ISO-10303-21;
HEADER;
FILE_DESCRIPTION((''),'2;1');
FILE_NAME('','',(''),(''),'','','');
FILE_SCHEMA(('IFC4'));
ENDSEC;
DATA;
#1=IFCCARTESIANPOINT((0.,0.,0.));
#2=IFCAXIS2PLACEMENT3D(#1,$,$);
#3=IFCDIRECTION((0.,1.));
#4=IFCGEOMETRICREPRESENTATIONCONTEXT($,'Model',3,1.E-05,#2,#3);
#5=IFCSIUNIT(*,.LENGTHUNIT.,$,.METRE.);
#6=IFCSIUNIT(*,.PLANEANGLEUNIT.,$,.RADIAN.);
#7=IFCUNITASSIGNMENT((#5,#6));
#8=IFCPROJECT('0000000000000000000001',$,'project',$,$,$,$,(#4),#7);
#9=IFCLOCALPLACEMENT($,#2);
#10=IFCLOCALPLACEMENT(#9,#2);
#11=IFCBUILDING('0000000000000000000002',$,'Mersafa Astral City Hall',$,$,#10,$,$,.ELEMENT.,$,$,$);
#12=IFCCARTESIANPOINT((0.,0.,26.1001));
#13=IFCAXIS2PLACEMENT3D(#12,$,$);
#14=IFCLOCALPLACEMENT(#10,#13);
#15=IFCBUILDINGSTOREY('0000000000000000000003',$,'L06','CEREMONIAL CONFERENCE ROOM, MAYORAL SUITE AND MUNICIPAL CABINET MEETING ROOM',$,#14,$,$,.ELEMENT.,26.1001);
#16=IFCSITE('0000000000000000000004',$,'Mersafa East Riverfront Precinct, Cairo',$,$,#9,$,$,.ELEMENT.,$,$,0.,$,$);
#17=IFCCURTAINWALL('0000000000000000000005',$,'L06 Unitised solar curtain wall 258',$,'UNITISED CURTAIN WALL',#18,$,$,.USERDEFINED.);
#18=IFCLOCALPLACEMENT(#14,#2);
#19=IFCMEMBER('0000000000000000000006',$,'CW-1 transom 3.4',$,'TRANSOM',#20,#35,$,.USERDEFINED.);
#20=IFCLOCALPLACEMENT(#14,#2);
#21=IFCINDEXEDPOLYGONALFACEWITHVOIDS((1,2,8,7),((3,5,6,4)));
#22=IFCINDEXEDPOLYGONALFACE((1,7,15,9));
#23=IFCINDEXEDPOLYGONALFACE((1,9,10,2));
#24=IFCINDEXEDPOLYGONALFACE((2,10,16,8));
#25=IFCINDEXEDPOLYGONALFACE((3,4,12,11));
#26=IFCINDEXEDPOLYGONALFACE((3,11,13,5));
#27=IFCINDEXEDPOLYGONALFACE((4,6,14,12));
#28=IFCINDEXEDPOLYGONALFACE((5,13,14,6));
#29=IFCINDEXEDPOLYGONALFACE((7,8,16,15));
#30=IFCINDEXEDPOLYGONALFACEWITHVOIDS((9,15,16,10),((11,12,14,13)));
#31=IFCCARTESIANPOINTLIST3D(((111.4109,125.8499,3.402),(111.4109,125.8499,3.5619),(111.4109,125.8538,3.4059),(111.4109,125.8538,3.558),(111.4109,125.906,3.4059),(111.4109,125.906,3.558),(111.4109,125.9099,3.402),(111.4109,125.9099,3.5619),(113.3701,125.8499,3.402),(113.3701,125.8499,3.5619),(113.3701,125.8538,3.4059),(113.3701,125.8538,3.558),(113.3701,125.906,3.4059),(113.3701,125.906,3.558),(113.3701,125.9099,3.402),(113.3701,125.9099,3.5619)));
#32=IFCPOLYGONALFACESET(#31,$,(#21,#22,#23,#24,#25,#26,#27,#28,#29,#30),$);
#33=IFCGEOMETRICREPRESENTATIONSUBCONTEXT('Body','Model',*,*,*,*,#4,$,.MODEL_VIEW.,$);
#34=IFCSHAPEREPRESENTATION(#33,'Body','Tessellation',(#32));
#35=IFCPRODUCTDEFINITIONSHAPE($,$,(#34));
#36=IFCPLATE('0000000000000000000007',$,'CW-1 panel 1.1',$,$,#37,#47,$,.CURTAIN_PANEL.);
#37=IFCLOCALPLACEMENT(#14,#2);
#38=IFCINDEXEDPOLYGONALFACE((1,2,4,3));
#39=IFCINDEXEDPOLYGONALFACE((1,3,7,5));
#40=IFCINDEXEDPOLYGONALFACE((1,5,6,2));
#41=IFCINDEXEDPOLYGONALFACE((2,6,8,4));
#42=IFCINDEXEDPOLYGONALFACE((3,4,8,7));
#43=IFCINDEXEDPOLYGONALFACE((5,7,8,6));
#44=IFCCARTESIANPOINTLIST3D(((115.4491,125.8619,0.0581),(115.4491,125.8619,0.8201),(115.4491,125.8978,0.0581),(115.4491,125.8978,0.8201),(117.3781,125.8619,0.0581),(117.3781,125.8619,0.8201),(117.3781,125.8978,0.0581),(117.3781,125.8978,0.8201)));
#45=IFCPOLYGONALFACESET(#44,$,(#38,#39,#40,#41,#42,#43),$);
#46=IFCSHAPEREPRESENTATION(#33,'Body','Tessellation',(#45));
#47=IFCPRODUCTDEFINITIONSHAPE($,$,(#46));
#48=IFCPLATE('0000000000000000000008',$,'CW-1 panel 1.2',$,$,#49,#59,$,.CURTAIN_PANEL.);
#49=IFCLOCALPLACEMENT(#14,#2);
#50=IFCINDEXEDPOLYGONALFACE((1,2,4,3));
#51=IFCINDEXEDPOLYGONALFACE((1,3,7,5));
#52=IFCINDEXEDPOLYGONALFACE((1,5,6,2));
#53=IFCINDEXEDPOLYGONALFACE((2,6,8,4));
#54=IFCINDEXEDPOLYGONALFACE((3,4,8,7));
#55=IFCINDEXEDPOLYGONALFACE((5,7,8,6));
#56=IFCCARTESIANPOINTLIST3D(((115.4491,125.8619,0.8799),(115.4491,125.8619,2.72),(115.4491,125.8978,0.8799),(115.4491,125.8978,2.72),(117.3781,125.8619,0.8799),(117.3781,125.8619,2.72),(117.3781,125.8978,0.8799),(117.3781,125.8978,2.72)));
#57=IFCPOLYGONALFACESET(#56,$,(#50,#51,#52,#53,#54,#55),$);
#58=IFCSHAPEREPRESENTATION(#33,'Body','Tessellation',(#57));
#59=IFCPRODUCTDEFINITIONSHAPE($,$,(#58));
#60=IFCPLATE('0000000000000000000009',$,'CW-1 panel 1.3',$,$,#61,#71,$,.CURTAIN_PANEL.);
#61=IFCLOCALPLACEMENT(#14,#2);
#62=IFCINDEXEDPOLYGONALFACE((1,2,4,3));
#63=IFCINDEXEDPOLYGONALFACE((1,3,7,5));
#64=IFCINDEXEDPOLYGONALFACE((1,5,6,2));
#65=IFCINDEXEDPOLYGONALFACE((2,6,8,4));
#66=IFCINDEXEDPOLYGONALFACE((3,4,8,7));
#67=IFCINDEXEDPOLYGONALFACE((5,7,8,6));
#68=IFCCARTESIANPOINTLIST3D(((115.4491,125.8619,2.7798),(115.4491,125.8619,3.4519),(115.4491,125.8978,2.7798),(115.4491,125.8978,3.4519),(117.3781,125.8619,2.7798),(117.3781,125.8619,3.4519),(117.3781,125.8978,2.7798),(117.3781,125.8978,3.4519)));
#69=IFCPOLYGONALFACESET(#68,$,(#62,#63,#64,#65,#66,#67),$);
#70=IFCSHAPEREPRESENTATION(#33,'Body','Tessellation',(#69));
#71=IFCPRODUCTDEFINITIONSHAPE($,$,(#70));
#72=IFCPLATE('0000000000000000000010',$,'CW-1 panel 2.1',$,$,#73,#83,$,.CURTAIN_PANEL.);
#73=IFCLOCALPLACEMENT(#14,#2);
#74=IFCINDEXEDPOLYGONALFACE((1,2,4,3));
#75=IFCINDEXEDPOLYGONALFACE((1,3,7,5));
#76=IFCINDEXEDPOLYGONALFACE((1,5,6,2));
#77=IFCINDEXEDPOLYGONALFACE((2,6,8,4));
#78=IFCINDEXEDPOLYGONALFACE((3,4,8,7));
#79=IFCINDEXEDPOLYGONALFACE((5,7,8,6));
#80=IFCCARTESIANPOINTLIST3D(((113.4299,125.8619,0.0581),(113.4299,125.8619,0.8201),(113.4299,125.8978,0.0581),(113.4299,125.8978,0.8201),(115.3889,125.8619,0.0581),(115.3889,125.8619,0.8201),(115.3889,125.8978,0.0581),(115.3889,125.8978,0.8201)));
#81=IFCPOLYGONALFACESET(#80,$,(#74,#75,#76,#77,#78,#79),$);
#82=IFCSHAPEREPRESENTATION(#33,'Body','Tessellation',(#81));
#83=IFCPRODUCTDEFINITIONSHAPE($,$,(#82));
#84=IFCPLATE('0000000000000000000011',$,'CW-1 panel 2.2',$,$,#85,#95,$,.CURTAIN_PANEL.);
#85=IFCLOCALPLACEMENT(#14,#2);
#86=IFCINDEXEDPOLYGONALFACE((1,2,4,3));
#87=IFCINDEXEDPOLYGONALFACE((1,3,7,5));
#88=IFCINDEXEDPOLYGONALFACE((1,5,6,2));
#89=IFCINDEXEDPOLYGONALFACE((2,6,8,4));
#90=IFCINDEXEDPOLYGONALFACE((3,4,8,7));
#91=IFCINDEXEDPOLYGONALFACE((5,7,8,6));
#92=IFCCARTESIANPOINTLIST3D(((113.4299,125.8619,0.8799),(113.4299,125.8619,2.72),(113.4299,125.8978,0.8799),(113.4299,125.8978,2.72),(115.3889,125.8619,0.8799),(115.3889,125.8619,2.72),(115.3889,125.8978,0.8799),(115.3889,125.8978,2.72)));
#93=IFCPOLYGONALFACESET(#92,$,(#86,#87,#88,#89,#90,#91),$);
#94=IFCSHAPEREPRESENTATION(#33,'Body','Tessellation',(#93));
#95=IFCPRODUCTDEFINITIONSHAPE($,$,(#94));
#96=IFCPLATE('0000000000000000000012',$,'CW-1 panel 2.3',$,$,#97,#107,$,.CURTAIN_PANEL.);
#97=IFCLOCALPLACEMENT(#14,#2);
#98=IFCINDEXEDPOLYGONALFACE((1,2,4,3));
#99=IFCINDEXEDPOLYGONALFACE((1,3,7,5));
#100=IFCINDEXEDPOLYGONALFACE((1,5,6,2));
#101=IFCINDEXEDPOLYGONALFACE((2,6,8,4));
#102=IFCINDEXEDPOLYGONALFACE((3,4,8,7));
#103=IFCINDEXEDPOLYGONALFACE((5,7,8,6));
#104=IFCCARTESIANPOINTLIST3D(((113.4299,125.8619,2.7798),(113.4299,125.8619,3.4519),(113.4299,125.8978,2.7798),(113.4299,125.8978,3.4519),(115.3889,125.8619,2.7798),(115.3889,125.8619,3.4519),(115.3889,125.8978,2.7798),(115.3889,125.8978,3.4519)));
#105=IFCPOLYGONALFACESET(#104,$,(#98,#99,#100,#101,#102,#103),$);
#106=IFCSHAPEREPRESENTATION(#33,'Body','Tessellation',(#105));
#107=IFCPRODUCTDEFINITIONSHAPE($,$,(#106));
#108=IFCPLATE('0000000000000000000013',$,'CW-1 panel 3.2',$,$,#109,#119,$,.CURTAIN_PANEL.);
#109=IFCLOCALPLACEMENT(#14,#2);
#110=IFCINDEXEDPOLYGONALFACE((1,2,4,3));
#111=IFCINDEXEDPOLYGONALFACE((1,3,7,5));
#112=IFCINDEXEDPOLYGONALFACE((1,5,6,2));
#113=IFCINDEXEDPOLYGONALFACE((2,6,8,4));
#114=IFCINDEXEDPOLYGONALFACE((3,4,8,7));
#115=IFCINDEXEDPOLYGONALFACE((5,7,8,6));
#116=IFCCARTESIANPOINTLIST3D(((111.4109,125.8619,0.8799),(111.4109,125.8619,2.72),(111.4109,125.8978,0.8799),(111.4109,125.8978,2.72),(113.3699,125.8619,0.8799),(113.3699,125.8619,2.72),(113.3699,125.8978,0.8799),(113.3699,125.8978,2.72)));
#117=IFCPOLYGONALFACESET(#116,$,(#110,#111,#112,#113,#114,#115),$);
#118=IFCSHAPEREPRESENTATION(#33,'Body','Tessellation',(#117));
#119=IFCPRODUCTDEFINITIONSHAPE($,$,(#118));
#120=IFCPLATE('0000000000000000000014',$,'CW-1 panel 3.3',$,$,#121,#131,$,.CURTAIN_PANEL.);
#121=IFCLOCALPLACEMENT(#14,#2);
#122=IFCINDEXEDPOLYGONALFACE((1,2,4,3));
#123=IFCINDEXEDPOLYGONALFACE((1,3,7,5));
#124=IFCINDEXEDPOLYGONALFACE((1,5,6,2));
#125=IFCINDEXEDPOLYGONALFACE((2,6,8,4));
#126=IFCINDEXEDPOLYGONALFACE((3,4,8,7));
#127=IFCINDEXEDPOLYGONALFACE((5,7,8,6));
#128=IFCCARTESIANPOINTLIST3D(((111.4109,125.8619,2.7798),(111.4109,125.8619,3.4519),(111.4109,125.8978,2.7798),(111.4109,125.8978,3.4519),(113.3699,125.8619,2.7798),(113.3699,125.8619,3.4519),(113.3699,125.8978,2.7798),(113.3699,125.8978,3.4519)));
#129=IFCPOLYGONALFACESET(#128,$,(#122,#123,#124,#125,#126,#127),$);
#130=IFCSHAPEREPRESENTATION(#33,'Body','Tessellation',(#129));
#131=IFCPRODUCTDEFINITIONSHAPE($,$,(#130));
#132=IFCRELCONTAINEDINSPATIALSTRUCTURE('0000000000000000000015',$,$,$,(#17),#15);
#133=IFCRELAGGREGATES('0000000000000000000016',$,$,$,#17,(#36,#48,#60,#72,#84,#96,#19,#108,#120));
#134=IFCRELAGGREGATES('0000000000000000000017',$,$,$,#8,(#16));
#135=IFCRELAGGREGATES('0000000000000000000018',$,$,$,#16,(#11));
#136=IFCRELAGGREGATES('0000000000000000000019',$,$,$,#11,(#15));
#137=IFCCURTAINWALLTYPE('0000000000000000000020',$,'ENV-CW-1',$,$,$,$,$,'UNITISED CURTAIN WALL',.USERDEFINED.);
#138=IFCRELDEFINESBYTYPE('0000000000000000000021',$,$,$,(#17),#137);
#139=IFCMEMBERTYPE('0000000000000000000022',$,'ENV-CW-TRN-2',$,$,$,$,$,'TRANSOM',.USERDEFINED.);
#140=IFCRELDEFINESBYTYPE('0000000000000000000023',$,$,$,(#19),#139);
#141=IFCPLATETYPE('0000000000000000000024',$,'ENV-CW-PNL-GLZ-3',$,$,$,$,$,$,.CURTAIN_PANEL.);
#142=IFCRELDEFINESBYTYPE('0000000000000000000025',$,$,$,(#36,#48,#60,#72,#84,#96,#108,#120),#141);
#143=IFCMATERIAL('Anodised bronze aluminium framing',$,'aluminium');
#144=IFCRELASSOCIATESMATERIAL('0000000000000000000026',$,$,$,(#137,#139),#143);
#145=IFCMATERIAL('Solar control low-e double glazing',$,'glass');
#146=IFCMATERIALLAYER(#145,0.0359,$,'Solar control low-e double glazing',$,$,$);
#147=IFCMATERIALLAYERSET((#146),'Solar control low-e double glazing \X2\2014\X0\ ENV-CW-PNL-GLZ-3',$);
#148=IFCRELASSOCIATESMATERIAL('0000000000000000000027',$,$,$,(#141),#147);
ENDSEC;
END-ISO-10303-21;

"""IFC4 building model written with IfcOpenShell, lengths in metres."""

from ifc_helpers import new_model, si_unit, direction, frame, origin, origin_2d, place, context, subcontext, project, spatial, rectangle, hollow_rectangle, extrude, material, layer, layer_set, material_profile, profile_set, type_object, element, aggregate, save


model = new_model("IFC4")

# Units and contexts
model_context = context("Model", 3, precision=1e-05, world=origin(), true_north=direction((0.0, 1.0)))
body_context = subcontext(model_context, "Body", "Model", "MODEL_VIEW")
ifc_project = project(units=[si_unit("LENGTHUNIT", "METRE"), si_unit("PLANEANGLEUNIT", "RADIAN")], contexts=[model_context])

# Site, building, storey
site_placement = place(None, origin())
site = spatial("IfcSite", under=ifc_project, at=site_placement, Name="Mersafa East Riverfront Precinct, Cairo", CompositionType="ELEMENT", RefElevation=0.0)
building_placement = place(site_placement, origin())
building = spatial("IfcBuilding", under=site, at=building_placement, Name="Mersafa Astral City Hall", CompositionType="ELEMENT")
storey_placement = place(building_placement, frame((0.0, 0.0, 26.1001)))
storey = spatial("IfcBuildingStorey", under=building, at=storey_placement, Name="L06", Description="CEREMONIAL CONFERENCE ROOM, MAYORAL SUITE AND MUNICIPAL CABINET MEETING ROOM", CompositionType="ELEMENT", Elevation=26.1001)

# Curtain wall, member, plates
ifc_material_1 = material(Name="Anodised bronze aluminium framing", Category="aluminium")
curtain_wall_type = type_object("IfcCurtainWallType", Name="ENV-CW-1", ElementType="UNITISED CURTAIN WALL", PredefinedType="USERDEFINED", material=ifc_material_1)
curtain_wall_placement = place(storey_placement, origin())
curtain_wall = element("IfcCurtainWall", 1, at=curtain_wall_placement, inside=storey, type_object=curtain_wall_type, Name="L06 Unitised solar curtain wall 258", ObjectType="UNITISED CURTAIN WALL", PredefinedType="USERDEFINED")
ifc_material_profile_1 = material_profile(ifc_material_1, hollow_rectangle(XDim=0.0601, YDim=0.1599, WallThickness=0.0039, at=origin_2d()), Name="RHS 60x160x4")
ifc_profile_set_1 = profile_set([ifc_material_profile_1], Name="Anodised bronze aluminium framing")
member_type_1 = type_object("IfcMemberType", Name="ENV-CW-TRN-2", ElementType="TRANSOM", PredefinedType="USERDEFINED", material=ifc_profile_set_1)
member_1_placement = place(storey_placement, frame((113.3701, 125.8799, 3.4819), z_axis=(-1.0, 0.0, 0.0), x_axis=(0.0, -1.0, 0.0)))
member_1 = element("IfcMember", 2, at=member_1_placement, type_object=member_type_1, Name="CW-1 transom 3.4", ObjectType="TRANSOM", PredefinedType="USERDEFINED", context=body_context, shape_type="SweptSolid", body=[
    extrude(hollow_rectangle(XDim=0.0601, YDim=0.1599, WallThickness=0.0039, at=origin_2d()), origin(), (0.0, 0.0, 1.0), 1.9592),
])
ifc_material_2 = material(Name="Solar control low-e double glazing", Category="glass")
ifc_layer = layer(ifc_material_2, 0.0359, Name="Solar control low-e double glazing")
ifc_layer_set = layer_set([ifc_layer], Name="Solar control low-e double glazing — ENV-CW-PNL-GLZ-3")
plate_type = type_object("IfcPlateType", Name="ENV-CW-PNL-GLZ-3", PredefinedType="CURTAIN_PANEL", material=ifc_layer_set)
plate_1_placement = place(storey_placement, frame((116.4136, 125.8799, 0.0581), z_axis=(0.0, 0.0, 1.0), x_axis=(-1.0, 0.0, 0.0)))
plate_1 = element("IfcPlate", 3, at=plate_1_placement, type_object=plate_type, Name="CW-1 panel 1.1", PredefinedType="CURTAIN_PANEL", context=body_context, shape_type="SweptSolid", body=[
    extrude(rectangle(XDim=1.929, YDim=0.0359, at=origin_2d()), origin(), (0.0, 0.0, 1.0), 0.762),
])
plate_2_placement = place(storey_placement, frame((116.4136, 125.8799, 0.8799), z_axis=(0.0, 0.0, 1.0), x_axis=(-1.0, 0.0, 0.0)))
plate_2 = element("IfcPlate", 4, at=plate_2_placement, type_object=plate_type, Name="CW-1 panel 1.2", PredefinedType="CURTAIN_PANEL", context=body_context, shape_type="SweptSolid", body=[
    extrude(rectangle(XDim=1.929, YDim=0.0359, at=origin_2d()), origin(), (0.0, 0.0, 1.0), 1.8401),
])
plate_3_placement = place(storey_placement, frame((116.4136, 125.8799, 2.7798), z_axis=(0.0, 0.0, 1.0), x_axis=(-1.0, 0.0, 0.0)))
plate_3 = element("IfcPlate", 5, at=plate_3_placement, type_object=plate_type, Name="CW-1 panel 1.3", PredefinedType="CURTAIN_PANEL", context=body_context, shape_type="SweptSolid", body=[
    extrude(rectangle(XDim=1.929, YDim=0.0359, at=origin_2d()), origin(), (0.0, 0.0, 1.0), 0.6721),
])
plate_4_placement = place(storey_placement, frame((114.4094, 125.8799, 0.0581), z_axis=(0.0, 0.0, 1.0), x_axis=(-1.0, 0.0, 0.0)))
plate_4 = element("IfcPlate", 6, at=plate_4_placement, type_object=plate_type, Name="CW-1 panel 2.1", PredefinedType="CURTAIN_PANEL", context=body_context, shape_type="SweptSolid", body=[
    extrude(rectangle(XDim=1.959, YDim=0.0359, at=origin_2d()), origin(), (0.0, 0.0, 1.0), 0.762),
])
plate_5_placement = place(storey_placement, frame((114.4094, 125.8799, 0.8799), z_axis=(0.0, 0.0, 1.0), x_axis=(-1.0, 0.0, 0.0)))
plate_5 = element("IfcPlate", 7, at=plate_5_placement, type_object=plate_type, Name="CW-1 panel 2.2", PredefinedType="CURTAIN_PANEL", context=body_context, shape_type="SweptSolid", body=[
    extrude(rectangle(XDim=1.959, YDim=0.0359, at=origin_2d()), origin(), (0.0, 0.0, 1.0), 1.8401),
])
plate_6_placement = place(storey_placement, frame((114.4094, 125.8799, 2.7798), z_axis=(0.0, 0.0, 1.0), x_axis=(-1.0, 0.0, 0.0)))
plate_6 = element("IfcPlate", 8, at=plate_6_placement, type_object=plate_type, Name="CW-1 panel 2.3", PredefinedType="CURTAIN_PANEL", context=body_context, shape_type="SweptSolid", body=[
    extrude(rectangle(XDim=1.959, YDim=0.0359, at=origin_2d()), origin(), (0.0, 0.0, 1.0), 0.6721),
])
plate_7_placement = place(storey_placement, frame((112.3904, 125.8799, 0.8799), z_axis=(0.0, 0.0, 1.0), x_axis=(-1.0, 0.0, 0.0)))
plate_7 = element("IfcPlate", 9, at=plate_7_placement, type_object=plate_type, Name="CW-1 panel 3.2", PredefinedType="CURTAIN_PANEL", context=body_context, shape_type="SweptSolid", body=[
    extrude(rectangle(XDim=1.959, YDim=0.0359, at=origin_2d()), origin(), (0.0, 0.0, 1.0), 1.8401),
])
plate_8_placement = place(storey_placement, frame((112.3904, 125.8799, 2.7798), z_axis=(0.0, 0.0, 1.0), x_axis=(-1.0, 0.0, 0.0)))
plate_8 = element("IfcPlate", 10, at=plate_8_placement, type_object=plate_type, Name="CW-1 panel 3.3", PredefinedType="CURTAIN_PANEL", context=body_context, shape_type="SweptSolid", body=[
    extrude(rectangle(XDim=1.959, YDim=0.0359, at=origin_2d()), origin(), (0.0, 0.0, 1.0), 0.6721),
])
aggregate(curtain_wall, [plate_1, plate_2, plate_3, plate_4, plate_5, plate_6, member_1, plate_7, plate_8])

save(model, "model.ifc")
